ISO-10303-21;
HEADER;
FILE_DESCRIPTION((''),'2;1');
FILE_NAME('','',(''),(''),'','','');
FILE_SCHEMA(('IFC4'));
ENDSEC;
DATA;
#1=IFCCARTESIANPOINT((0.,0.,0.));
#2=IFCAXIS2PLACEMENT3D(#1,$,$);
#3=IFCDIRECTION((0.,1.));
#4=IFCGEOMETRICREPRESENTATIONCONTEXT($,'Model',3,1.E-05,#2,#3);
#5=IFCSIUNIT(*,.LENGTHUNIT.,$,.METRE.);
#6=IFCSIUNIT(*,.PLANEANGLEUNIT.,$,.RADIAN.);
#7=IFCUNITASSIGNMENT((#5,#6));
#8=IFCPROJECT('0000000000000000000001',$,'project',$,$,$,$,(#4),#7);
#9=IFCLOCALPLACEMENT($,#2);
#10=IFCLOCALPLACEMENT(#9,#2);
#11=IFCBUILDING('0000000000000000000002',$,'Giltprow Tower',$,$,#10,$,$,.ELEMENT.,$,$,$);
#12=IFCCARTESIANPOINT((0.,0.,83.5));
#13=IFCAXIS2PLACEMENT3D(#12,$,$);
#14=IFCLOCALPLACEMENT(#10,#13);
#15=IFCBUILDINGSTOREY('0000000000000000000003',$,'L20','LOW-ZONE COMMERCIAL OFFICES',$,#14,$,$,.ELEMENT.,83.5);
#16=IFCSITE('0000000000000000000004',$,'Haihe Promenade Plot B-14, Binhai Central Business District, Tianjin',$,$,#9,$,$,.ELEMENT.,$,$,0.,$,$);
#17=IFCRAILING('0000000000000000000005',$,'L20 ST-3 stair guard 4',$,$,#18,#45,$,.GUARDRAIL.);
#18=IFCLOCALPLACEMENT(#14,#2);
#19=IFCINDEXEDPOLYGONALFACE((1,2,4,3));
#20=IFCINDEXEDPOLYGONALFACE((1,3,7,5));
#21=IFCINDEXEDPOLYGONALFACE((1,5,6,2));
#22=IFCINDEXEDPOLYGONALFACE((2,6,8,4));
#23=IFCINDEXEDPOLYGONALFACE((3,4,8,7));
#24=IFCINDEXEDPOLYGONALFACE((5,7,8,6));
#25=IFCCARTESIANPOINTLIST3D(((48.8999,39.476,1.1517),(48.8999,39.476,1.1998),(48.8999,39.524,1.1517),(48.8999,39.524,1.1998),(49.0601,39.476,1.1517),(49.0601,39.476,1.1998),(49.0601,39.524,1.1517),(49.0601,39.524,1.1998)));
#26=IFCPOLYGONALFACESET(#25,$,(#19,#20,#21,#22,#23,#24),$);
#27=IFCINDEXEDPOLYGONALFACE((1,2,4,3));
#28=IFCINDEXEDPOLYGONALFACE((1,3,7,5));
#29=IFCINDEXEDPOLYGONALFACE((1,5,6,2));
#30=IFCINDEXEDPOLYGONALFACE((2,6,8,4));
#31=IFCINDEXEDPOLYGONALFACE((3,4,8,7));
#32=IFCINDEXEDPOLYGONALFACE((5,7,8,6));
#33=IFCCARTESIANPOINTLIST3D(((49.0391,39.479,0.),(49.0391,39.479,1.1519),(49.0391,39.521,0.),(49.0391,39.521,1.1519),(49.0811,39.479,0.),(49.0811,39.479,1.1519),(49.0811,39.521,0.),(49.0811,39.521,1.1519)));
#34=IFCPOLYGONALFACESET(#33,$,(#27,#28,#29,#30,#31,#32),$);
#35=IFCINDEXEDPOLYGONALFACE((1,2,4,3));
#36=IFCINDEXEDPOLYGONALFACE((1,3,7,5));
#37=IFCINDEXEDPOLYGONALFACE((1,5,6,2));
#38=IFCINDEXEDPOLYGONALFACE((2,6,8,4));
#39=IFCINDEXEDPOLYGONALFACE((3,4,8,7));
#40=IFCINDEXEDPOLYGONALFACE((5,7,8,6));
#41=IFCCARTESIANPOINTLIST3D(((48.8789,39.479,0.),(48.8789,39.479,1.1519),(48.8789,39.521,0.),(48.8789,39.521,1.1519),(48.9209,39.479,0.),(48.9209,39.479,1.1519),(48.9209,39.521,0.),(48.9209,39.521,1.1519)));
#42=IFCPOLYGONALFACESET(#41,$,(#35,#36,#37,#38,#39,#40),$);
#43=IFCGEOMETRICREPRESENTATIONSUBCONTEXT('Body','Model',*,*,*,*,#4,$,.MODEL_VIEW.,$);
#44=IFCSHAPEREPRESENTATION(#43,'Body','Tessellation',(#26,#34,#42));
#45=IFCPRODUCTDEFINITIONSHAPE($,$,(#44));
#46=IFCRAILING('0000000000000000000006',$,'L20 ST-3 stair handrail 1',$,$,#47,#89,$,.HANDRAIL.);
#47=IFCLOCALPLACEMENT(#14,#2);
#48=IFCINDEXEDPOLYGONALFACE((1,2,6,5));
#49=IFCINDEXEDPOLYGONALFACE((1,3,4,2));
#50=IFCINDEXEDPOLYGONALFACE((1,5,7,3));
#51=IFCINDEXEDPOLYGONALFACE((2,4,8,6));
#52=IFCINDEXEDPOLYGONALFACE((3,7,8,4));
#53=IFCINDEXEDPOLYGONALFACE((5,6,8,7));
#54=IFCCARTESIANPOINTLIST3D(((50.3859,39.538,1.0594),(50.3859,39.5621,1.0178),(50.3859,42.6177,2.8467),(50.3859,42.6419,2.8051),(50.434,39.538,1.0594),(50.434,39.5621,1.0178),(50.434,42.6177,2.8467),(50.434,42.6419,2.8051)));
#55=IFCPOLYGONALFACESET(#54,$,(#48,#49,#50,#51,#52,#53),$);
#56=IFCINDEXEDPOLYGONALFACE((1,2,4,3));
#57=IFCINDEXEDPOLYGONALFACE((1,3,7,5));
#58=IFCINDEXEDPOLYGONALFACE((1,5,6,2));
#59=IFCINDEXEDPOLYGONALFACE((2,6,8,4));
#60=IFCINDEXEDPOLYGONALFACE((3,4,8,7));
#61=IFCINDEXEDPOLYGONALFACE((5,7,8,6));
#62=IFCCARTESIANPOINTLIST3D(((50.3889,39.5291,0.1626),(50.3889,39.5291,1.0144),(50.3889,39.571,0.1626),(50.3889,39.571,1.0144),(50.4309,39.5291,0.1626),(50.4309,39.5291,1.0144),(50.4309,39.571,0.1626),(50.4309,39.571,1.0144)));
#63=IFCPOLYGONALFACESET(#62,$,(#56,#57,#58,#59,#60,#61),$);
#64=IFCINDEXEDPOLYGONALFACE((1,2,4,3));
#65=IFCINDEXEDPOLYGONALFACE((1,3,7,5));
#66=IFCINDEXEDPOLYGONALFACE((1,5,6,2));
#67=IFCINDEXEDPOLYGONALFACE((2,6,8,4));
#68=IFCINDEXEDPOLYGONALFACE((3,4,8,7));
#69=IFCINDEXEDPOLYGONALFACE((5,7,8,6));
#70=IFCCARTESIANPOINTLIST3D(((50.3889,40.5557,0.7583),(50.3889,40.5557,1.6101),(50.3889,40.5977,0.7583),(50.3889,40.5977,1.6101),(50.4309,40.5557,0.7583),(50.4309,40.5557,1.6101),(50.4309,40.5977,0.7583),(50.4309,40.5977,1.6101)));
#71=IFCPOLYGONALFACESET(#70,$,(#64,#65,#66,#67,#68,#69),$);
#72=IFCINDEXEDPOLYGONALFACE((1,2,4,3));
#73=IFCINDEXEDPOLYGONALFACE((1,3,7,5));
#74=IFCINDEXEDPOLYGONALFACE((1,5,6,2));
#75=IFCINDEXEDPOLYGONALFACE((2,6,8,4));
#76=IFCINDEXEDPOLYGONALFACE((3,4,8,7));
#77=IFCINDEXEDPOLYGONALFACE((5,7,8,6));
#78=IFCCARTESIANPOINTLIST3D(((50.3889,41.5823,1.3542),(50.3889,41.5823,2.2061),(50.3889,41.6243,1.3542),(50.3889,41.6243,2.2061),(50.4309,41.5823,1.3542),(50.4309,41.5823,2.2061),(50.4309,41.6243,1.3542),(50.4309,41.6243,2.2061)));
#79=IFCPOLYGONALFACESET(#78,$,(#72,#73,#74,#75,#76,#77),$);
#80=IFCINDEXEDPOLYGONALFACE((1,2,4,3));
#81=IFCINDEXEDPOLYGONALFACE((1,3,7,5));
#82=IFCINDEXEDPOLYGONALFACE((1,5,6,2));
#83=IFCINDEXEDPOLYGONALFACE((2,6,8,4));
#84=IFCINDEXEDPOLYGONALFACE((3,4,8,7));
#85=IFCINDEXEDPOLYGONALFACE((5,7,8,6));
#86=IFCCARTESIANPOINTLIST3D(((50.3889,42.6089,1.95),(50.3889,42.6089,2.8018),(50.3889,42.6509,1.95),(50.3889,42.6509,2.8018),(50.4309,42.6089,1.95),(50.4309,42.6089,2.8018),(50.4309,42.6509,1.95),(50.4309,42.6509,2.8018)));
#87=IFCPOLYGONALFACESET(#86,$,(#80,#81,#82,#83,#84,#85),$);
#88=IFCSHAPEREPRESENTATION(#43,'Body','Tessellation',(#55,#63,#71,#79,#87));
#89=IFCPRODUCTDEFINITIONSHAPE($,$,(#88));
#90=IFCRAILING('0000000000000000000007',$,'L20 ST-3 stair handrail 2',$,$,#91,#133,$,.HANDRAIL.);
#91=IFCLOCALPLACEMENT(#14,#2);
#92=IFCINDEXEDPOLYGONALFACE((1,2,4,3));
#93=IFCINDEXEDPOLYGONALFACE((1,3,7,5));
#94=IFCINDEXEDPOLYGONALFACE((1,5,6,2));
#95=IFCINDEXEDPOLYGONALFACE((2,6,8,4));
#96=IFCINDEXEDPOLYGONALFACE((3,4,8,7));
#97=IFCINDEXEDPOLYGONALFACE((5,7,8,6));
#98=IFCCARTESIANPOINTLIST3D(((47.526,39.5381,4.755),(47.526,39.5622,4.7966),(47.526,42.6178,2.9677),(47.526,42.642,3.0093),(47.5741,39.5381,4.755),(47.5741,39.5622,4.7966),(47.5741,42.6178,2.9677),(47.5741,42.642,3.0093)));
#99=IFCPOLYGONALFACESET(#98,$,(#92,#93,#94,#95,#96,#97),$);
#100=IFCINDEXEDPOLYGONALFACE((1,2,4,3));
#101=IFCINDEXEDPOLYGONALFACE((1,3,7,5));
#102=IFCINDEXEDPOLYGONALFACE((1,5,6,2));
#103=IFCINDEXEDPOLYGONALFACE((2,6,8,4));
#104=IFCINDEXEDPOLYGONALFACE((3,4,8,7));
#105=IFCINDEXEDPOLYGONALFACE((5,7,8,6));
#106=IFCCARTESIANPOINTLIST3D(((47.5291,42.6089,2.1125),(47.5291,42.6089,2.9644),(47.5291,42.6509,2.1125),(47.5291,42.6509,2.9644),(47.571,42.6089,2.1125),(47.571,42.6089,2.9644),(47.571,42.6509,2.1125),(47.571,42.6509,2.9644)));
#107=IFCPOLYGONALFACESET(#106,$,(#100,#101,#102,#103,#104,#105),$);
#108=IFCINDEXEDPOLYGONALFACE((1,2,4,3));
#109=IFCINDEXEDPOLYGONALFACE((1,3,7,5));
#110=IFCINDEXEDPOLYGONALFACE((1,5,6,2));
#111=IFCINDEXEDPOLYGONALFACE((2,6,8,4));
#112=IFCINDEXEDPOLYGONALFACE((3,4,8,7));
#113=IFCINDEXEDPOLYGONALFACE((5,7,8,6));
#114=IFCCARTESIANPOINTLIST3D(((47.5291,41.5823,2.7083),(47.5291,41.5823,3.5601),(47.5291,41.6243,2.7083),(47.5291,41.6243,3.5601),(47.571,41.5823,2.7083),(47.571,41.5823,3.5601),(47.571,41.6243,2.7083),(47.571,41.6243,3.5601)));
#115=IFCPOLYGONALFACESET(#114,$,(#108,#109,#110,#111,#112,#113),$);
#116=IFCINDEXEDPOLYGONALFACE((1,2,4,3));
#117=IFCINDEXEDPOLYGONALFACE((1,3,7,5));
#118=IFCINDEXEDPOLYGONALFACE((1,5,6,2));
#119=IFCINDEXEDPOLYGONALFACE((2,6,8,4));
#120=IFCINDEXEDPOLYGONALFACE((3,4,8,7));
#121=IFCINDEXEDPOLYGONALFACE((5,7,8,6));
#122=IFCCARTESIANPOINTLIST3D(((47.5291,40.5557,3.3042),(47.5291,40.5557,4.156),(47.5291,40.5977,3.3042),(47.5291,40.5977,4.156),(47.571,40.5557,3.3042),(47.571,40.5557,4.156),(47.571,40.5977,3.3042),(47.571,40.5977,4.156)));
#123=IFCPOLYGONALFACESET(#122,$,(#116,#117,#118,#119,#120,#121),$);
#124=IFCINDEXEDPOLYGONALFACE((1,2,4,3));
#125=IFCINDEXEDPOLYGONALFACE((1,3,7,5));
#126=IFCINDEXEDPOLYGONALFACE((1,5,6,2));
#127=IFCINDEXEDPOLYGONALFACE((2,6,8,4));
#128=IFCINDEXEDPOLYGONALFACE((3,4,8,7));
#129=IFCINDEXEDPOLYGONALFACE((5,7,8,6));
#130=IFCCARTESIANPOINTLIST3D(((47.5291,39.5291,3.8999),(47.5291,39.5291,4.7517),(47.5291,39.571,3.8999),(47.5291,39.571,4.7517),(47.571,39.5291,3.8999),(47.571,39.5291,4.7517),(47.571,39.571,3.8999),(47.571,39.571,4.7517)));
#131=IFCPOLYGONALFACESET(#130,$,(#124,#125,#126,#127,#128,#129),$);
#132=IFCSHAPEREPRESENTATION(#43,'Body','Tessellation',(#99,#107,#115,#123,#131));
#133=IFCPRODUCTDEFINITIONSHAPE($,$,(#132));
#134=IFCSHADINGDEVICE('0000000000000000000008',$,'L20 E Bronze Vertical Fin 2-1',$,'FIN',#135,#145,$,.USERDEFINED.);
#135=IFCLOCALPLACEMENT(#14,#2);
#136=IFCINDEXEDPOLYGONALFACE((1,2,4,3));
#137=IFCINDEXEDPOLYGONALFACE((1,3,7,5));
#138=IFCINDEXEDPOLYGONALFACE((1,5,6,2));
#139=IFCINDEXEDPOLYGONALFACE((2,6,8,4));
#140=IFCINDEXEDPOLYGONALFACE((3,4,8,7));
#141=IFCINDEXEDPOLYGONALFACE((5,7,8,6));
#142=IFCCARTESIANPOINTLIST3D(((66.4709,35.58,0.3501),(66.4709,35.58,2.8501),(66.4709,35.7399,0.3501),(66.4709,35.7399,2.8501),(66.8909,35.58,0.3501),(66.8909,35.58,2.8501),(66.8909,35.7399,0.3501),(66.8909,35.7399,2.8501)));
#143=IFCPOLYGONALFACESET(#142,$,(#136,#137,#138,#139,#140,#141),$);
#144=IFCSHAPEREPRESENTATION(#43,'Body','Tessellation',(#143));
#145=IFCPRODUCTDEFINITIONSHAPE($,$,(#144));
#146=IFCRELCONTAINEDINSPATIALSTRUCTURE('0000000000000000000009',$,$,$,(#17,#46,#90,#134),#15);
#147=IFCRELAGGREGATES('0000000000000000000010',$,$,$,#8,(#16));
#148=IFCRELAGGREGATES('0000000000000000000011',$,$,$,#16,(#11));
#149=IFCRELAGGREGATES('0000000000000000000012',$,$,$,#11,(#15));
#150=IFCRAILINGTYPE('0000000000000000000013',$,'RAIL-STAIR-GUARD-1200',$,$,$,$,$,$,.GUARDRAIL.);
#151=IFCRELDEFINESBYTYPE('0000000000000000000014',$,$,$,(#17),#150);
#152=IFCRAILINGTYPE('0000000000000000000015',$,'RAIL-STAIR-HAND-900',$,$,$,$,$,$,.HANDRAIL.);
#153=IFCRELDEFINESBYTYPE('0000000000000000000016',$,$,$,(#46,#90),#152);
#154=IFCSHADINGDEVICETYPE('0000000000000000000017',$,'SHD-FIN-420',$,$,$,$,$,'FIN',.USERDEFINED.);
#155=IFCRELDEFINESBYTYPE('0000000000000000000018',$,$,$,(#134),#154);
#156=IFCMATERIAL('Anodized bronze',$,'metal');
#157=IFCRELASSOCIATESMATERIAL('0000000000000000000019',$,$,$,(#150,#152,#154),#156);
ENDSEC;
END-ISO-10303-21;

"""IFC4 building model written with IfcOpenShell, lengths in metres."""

from ifc_helpers import new_model, si_unit, direction, frame, origin, origin_2d, place, context, subcontext, project, spatial, rectangle, extrude, source, transform, mapped, material, type_object, element, save


model = new_model("IFC4")

# Units and contexts
model_context = context("Model", 3, precision=1e-05, world=origin(), true_north=direction((0.0, 1.0)))
body_context = subcontext(model_context, "Body", "Model", "MODEL_VIEW")
ifc_project = project(units=[si_unit("LENGTHUNIT", "METRE"), si_unit("PLANEANGLEUNIT", "RADIAN")], contexts=[model_context])

# Site, building, storey
site_placement = place(None, origin())
site = spatial("IfcSite", under=ifc_project, at=site_placement, Name="Haihe Promenade Plot B-14, Binhai Central Business District, Tianjin", CompositionType="ELEMENT", RefElevation=0.0)
building_placement = place(site_placement, origin())
building = spatial("IfcBuilding", under=site, at=building_placement, Name="Giltprow Tower", CompositionType="ELEMENT")
storey_placement = place(building_placement, frame((0.0, 0.0, 83.5)))
storey = spatial("IfcBuildingStorey", under=building, at=storey_placement, Name="L20", Description="LOW-ZONE COMMERCIAL OFFICES", CompositionType="ELEMENT", Elevation=83.5)

# Railings
ifc_material_1 = material(Name="Anodized bronze", Category="metal")
railing_type_1 = type_object("IfcRailingType", Name="RAIL-STAIR-GUARD-1200", PredefinedType="GUARDRAIL", material=ifc_material_1)
railing_1_placement = place(storey_placement, frame((49.0601, 39.5, 0.0)))
element("IfcRailing", 1, at=railing_1_placement, inside=storey, type_object=railing_type_1, Name="L20 ST-3 stair guard 4", PredefinedType="GUARDRAIL", context=body_context, shape_type="SweptSolid", body=[
    extrude(rectangle(XDim=0.0481, YDim=0.0481, at=origin_2d()), frame((0.0, 0.0, 1.1758), z_axis=(-1.0, 0.0, 0.0), x_axis=(0.0, -1.0, 0.0)), (0.0, 0.0, 1.0), 0.1602),
    extrude(rectangle(XDim=0.042, YDim=0.042, at=origin_2d()), origin(), (0.0, 0.0, 1.0), 1.1519),
    extrude(rectangle(XDim=0.042, YDim=0.042, at=origin_2d()), frame((-0.1602, 0.0, 0.0)), (0.0, 0.0, 1.0), 1.1519),
])
railing_type_2 = type_object("IfcRailingType", Name="RAIL-STAIR-HAND-900", PredefinedType="HANDRAIL", material=ifc_material_1)
railing_2_placement = place(storey_placement, frame((50.4099, 39.55, 0.1626)))
element("IfcRailing", 2, at=railing_2_placement, inside=storey, type_object=railing_type_2, Name="L20 ST-3 stair handrail 1", PredefinedType="HANDRAIL", context=body_context, shape_type="SweptSolid", body=[
    extrude(rectangle(XDim=0.0481, YDim=0.0481, at=origin_2d()), frame((0.0, 0.0, 0.876), z_axis=(0.0, 0.864903, 0.501939), x_axis=(-1.0, 0.0, 0.0)), (0.0, 0.0, 1.0), 3.5608),
    extrude(rectangle(XDim=0.042, YDim=0.042, at=origin_2d()), origin(), (0.0, 0.0, 1.0), 0.8518),
    extrude(rectangle(XDim=0.042, YDim=0.042, at=origin_2d()), frame((0.0, 1.0266, 0.5957)), (0.0, 0.0, 1.0), 0.8518),
    extrude(rectangle(XDim=0.042, YDim=0.042, at=origin_2d()), frame((0.0, 2.0532, 1.1917)), (0.0, 0.0, 1.0), 0.8518),
    extrude(rectangle(XDim=0.042, YDim=0.042, at=origin_2d()), frame((0.0, 3.0798, 1.7874)), (0.0, 0.0, 1.0), 0.8518),
])
railing_3_placement = place(storey_placement, frame((47.55, 42.6299, 2.1125)))
element("IfcRailing", 3, at=railing_3_placement, inside=storey, type_object=railing_type_2, Name="L20 ST-3 stair handrail 2", PredefinedType="HANDRAIL", context=body_context, shape_type="SweptSolid", body=[
    extrude(rectangle(XDim=0.0481, YDim=0.0481, at=origin_2d()), frame((0.0, 0.0, 0.876), z_axis=(0.0, -0.864903, 0.501939), x_axis=(1.0, 0.0, 0.0)), (0.0, 0.0, 1.0), 3.5608),
    extrude(rectangle(XDim=0.042, YDim=0.042, at=origin_2d()), origin(), (0.0, 0.0, 1.0), 0.8518),
    extrude(rectangle(XDim=0.042, YDim=0.042, at=origin_2d()), frame((0.0, -1.0266, 0.5957)), (0.0, 0.0, 1.0), 0.8518),
    extrude(rectangle(XDim=0.042, YDim=0.042, at=origin_2d()), frame((0.0, -2.0532, 1.1917)), (0.0, 0.0, 1.0), 0.8518),
    extrude(rectangle(XDim=0.042, YDim=0.042, at=origin_2d()), frame((0.0, -3.0798, 1.7874)), (0.0, 0.0, 1.0), 0.8518),
])

# Shading device
shading_device_type = type_object("IfcShadingDeviceType", Name="SHD-FIN-420", ElementType="FIN", PredefinedType="USERDEFINED", material=ifc_material_1)
shared_shape_1 = source(origin(), body_context, "Body", "SweptSolid", [
    extrude(rectangle(XDim=0.4199, YDim=0.1599, at=origin_2d()), origin(), (0.0, 0.0, 1.0), 2.5),
])
shading_device_placement = place(storey_placement, frame((66.6809, 35.6599, 0.3501), z_axis=(0.0, 0.0, 1.0), x_axis=(1.0, 0.0, 0.0)))
element("IfcShadingDevice", 4, at=shading_device_placement, inside=storey, type_object=shading_device_type, Name="L20 E Bronze Vertical Fin 2-1", ObjectType="FIN", PredefinedType="USERDEFINED", context=body_context, shape_type="MappedRepresentation", body=[
    mapped(shared_shape_1, transform((0.0, 0.0, 0.0), x_axis=(1.0, 0.0, 0.0), y_axis=(0.0, 1.0, 0.0), z_axis=(0.0, 0.0, 1.0), scale=1.0)),
])

save(model, "model.ifc")
